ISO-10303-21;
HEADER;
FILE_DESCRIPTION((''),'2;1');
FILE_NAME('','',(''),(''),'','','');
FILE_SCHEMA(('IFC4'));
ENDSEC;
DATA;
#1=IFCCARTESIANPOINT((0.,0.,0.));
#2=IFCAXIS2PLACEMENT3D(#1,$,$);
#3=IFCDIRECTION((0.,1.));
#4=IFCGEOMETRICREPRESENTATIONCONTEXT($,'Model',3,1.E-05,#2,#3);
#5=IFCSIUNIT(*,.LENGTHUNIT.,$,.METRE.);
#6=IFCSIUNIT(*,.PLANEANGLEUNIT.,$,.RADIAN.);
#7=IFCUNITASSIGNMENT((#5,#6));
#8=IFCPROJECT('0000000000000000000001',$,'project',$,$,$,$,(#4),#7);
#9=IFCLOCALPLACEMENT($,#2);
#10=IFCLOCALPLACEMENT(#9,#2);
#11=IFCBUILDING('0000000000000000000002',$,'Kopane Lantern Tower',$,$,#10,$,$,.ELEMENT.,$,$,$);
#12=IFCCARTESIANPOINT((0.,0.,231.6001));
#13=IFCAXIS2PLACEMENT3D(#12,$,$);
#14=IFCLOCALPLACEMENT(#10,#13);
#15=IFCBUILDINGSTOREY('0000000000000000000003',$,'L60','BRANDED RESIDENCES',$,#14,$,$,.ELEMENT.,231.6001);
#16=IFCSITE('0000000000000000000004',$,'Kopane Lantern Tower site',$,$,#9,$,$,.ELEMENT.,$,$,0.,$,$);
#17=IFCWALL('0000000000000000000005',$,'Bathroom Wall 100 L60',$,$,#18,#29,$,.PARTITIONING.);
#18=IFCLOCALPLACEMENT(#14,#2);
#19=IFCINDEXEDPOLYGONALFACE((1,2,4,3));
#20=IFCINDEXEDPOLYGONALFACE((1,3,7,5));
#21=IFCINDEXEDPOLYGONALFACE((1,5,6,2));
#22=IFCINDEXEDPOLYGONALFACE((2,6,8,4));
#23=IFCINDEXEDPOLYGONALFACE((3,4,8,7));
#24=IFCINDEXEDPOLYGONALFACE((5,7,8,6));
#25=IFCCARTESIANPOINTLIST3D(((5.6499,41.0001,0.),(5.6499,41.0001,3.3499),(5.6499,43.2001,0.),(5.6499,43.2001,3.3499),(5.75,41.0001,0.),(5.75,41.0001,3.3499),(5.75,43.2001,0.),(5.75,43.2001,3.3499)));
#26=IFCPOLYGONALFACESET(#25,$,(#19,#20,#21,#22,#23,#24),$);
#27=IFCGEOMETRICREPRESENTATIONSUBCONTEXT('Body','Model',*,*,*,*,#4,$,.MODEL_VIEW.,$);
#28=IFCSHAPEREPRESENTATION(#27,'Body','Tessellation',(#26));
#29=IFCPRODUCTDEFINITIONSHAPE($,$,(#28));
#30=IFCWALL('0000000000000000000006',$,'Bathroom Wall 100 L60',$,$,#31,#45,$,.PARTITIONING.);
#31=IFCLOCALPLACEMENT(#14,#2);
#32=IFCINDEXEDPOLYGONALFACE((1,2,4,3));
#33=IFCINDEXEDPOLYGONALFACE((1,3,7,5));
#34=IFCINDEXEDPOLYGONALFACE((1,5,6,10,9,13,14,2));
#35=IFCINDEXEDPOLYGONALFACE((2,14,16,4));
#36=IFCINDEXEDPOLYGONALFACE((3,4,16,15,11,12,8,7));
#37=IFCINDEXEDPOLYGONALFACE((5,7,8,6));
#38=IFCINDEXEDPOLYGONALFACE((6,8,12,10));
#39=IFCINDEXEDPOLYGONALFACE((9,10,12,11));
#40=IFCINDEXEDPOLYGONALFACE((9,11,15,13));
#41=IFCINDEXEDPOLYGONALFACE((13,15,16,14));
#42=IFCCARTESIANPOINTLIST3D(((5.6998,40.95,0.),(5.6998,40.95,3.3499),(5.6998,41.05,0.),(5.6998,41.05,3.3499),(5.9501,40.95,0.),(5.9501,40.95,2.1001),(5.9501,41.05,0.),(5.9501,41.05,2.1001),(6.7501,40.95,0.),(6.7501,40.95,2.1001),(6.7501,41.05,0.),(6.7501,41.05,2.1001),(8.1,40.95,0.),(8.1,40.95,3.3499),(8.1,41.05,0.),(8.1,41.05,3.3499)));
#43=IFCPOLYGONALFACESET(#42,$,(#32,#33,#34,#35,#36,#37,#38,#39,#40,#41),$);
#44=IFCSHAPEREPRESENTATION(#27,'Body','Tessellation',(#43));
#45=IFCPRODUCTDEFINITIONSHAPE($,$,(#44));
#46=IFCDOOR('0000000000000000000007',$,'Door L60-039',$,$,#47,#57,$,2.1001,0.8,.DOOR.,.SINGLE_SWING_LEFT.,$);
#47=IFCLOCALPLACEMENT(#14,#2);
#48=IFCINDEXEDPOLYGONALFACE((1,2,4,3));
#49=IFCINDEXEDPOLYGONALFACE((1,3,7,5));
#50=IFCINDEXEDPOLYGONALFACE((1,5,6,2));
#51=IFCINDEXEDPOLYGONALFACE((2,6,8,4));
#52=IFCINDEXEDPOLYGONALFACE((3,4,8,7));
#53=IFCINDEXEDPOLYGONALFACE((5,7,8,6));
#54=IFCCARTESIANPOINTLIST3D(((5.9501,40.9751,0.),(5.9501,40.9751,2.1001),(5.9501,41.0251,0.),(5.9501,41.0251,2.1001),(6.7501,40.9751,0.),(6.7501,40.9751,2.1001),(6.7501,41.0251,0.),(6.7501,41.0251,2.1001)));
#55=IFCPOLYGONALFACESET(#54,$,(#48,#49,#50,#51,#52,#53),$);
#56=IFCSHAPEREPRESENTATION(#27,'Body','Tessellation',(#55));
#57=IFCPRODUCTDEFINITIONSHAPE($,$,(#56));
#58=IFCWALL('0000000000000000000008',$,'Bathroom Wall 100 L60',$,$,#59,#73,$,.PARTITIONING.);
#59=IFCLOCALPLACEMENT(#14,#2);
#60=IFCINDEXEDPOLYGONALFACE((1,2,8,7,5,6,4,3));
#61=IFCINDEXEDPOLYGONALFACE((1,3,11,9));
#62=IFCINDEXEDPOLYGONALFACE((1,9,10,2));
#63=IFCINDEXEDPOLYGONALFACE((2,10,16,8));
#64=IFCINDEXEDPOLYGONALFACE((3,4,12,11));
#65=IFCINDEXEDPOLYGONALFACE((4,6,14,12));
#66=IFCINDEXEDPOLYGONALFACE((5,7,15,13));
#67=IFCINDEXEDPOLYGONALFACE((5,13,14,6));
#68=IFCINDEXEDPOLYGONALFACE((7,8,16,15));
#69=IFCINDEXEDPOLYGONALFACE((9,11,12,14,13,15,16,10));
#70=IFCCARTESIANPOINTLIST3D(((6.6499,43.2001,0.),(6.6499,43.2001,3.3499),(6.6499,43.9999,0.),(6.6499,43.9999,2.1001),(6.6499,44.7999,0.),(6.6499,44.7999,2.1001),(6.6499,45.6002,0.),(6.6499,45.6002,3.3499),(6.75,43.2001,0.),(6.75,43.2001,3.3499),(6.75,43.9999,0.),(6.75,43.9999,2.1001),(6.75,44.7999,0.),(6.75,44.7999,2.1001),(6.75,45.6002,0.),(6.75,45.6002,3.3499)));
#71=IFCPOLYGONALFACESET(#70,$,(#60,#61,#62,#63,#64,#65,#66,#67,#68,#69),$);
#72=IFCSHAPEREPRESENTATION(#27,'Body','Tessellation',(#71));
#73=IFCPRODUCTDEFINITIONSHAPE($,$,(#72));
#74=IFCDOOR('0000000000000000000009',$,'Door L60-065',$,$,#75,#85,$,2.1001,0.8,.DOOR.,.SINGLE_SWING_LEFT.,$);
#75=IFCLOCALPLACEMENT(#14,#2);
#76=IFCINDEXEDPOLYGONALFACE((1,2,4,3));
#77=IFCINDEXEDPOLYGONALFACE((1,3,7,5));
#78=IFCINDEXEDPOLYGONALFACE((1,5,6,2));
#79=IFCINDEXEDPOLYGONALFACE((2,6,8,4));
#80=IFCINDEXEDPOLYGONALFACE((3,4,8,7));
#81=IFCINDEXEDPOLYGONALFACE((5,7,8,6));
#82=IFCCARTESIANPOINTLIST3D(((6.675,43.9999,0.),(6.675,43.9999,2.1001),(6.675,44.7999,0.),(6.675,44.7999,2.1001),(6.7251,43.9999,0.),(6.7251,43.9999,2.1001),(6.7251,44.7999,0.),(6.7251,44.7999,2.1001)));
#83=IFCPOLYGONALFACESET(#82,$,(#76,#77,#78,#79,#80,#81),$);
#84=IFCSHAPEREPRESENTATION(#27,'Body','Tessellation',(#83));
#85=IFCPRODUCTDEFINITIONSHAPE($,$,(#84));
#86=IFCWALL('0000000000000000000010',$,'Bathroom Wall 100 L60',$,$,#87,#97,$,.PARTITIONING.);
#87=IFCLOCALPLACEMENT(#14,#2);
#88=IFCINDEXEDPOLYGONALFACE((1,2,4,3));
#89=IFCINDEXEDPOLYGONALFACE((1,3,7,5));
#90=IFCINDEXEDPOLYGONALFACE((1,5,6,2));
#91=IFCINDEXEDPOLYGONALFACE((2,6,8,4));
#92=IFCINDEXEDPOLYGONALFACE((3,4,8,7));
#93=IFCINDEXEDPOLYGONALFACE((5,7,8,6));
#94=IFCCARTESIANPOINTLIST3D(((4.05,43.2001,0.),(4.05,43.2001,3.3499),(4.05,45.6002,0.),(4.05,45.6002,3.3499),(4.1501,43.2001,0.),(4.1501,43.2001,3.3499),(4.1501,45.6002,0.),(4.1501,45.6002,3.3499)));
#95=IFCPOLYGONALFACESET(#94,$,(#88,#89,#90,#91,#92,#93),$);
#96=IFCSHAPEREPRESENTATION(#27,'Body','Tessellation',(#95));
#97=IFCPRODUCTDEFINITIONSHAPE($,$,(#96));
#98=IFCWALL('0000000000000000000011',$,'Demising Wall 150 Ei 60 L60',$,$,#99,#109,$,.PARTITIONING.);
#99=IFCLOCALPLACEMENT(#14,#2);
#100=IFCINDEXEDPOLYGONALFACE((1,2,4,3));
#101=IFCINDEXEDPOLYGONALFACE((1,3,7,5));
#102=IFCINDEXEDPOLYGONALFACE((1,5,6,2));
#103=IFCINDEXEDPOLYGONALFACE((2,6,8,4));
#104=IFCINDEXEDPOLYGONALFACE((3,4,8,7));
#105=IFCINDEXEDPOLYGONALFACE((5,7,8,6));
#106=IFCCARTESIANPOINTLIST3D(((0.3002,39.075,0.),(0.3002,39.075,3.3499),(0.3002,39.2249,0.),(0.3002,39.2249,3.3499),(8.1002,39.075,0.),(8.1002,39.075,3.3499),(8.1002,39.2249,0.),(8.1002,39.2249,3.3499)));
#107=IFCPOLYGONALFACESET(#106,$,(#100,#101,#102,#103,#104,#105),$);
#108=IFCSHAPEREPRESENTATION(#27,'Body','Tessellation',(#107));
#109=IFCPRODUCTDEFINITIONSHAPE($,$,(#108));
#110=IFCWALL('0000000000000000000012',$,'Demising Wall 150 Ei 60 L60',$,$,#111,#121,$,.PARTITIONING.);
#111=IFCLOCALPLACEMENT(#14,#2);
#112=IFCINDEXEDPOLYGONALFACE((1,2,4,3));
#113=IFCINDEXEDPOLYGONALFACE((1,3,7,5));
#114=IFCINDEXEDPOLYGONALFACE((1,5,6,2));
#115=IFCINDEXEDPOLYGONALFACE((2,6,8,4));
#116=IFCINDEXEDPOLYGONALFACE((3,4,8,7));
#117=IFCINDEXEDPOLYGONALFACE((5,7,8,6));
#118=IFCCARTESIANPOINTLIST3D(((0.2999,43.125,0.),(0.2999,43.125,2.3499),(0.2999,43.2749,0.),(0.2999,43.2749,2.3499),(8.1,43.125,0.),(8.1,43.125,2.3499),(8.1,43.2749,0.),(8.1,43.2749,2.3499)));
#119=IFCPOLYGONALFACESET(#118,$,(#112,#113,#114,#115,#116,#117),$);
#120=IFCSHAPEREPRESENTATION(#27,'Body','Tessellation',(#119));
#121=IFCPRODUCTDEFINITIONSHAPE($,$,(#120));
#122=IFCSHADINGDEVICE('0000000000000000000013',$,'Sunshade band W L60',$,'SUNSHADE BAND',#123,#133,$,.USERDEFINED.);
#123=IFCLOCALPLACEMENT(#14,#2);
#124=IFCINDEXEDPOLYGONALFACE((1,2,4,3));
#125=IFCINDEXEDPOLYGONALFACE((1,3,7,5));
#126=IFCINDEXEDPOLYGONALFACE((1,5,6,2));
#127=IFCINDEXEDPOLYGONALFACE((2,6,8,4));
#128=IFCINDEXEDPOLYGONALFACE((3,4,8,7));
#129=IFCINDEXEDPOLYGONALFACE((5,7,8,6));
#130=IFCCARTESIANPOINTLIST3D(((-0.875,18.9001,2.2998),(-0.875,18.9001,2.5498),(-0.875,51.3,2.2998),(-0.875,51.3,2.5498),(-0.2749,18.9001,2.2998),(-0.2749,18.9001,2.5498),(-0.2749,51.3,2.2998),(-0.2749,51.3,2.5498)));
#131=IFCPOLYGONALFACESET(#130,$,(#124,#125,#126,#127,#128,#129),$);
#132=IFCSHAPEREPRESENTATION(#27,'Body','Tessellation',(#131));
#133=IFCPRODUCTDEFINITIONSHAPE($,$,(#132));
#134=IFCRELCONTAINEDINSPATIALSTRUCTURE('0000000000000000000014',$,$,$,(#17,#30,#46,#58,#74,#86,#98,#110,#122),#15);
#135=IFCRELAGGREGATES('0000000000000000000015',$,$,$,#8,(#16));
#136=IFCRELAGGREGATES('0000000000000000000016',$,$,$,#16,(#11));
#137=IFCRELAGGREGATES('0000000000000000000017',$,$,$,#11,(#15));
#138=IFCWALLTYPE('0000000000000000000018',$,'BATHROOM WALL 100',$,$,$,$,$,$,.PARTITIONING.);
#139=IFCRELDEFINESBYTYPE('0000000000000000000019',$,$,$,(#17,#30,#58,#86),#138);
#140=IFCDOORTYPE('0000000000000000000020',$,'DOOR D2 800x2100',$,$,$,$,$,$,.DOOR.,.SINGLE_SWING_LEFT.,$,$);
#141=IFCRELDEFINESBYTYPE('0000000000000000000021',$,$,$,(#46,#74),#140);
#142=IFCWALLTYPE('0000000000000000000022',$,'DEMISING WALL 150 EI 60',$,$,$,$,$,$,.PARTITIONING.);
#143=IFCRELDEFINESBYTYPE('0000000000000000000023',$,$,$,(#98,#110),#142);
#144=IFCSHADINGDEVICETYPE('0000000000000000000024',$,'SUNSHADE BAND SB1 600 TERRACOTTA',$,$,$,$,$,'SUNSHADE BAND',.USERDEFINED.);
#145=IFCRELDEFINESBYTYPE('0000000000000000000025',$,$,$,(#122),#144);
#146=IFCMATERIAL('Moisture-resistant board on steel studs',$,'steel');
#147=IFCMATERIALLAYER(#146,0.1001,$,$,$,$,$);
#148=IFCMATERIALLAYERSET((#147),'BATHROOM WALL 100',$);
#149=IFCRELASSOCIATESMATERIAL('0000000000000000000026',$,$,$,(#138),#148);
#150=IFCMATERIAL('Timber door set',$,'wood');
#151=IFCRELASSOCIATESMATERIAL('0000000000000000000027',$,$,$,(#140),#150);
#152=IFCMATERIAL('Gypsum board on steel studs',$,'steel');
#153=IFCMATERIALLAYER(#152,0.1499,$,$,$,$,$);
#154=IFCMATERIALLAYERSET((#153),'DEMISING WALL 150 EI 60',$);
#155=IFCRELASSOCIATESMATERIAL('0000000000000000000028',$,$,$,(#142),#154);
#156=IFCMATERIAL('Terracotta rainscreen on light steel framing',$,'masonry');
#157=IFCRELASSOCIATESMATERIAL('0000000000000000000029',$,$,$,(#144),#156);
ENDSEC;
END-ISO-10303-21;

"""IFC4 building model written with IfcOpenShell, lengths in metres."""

from ifc_helpers import new_model, si_unit, direction, frame, frame_2d, origin, origin_2d, place, context, subcontext, project, spatial, rectangle, extrude, material, layer, layer_set, type_object, element, fill, save


model = new_model("IFC4")

# Units and contexts
model_context = context("Model", 3, precision=1e-05, world=origin(), true_north=direction((0.0, 1.0)))
body_context = subcontext(model_context, "Body", "Model", "MODEL_VIEW")
ifc_project = project(units=[si_unit("LENGTHUNIT", "METRE"), si_unit("PLANEANGLEUNIT", "RADIAN")], contexts=[model_context])

# Site, building, storey
site_placement = place(None, origin())
site = spatial("IfcSite", under=ifc_project, at=site_placement, Name="Kopane Lantern Tower site", CompositionType="ELEMENT", RefElevation=0.0)
building_placement = place(site_placement, origin())
building = spatial("IfcBuilding", under=site, at=building_placement, Name="Kopane Lantern Tower", CompositionType="ELEMENT")
storey_placement = place(building_placement, frame((0.0, 0.0, 231.6001)))
storey = spatial("IfcBuildingStorey", under=building, at=storey_placement, Name="L60", Description="BRANDED RESIDENCES", CompositionType="ELEMENT", Elevation=231.6001)

# Shared definitions
ifc_material_1 = material(Name="Moisture-resistant board on steel studs", Category="steel")
ifc_layer_1 = layer(ifc_material_1, 0.1001)
ifc_layer_set_1 = layer_set([ifc_layer_1], Name="BATHROOM WALL 100")
wall_type_1 = type_object("IfcWallType", Name="BATHROOM WALL 100", PredefinedType="PARTITIONING", material=ifc_layer_set_1)
ifc_material_2 = material(Name="Timber door set", Category="wood")
door_type = type_object("IfcDoorType", Name="DOOR D2 800x2100", OperationType="SINGLE_SWING_LEFT", PredefinedType="DOOR", material=ifc_material_2)

# Wall
wall_1_placement = place(storey_placement, frame((5.7, 41.0, 0.0), z_axis=(0.0, 0.0, 1.0), x_axis=(0.0, 1.0, 0.0)))
element("IfcWall", 1, at=wall_1_placement, inside=storey, type_object=wall_type_1, Name="Bathroom Wall 100 L60", PredefinedType="PARTITIONING", context=body_context, shape_type="SweptSolid", body=[
    extrude(rectangle(XDim=2.2, YDim=0.1001, at=frame_2d((1.1001, 0.0))), origin(), (0.0, 0.0, 1.0), 3.3499),
])

# Walls, openings, doors
wall_2_placement = place(storey_placement, frame((8.1001, 41.0, 0.0), z_axis=(0.0, 0.0, 1.0), x_axis=(-1.0, 0.0, 0.0)))
wall_2 = element("IfcWall", 2, at=wall_2_placement, inside=storey, type_object=wall_type_1, Name="Bathroom Wall 100 L60", PredefinedType="PARTITIONING", context=body_context, shape_type="SweptSolid", body=[
    extrude(rectangle(XDim=2.4001, YDim=0.1001, at=frame_2d((1.2002, 0.0))), origin(), (0.0, 0.0, 1.0), 3.3499),
])
opening_1_placement = place(wall_2_placement, frame((1.3501, 0.0, 0.0)))
opening_1 = element("IfcOpeningElement", 3, at=opening_1_placement, cuts=wall_2, PredefinedType="OPENING", context=body_context, shape_type="SweptSolid", body=[
    extrude(rectangle(XDim=0.8, YDim=2.1001, at=frame_2d((0.3999, 1.05))), frame((0.0, 0.0601, 0.0), z_axis=(0.0, -1.0, 0.0), x_axis=(1.0, 0.0, 0.0)), (0.0, 0.0, 1.0), 0.1201),
])
door_1_placement = place(opening_1_placement, origin())
door_1 = element("IfcDoor", 4, at=door_1_placement, inside=storey, type_object=door_type, Name="Door L60-039", OperationType="SINGLE_SWING_LEFT", OverallHeight=2.1001, OverallWidth=0.8, PredefinedType="DOOR", context=body_context, shape_type="SweptSolid", body=[
    extrude(rectangle(XDim=0.8, YDim=2.1001, at=frame_2d((0.3999, 1.05))), frame((0.0, 0.0249, 0.0), z_axis=(0.0, -1.0, 0.0), x_axis=(1.0, 0.0, 0.0)), (0.0, 0.0, 1.0), 0.05),
])
fill(opening_1, door_1)
wall_3_placement = place(storey_placement, frame((6.7, 43.2, 0.0), z_axis=(0.0, 0.0, 1.0), x_axis=(0.0, 1.0, 0.0)))
wall_3 = element("IfcWall", 5, at=wall_3_placement, inside=storey, type_object=wall_type_1, Name="Bathroom Wall 100 L60", PredefinedType="PARTITIONING", context=body_context, shape_type="SweptSolid", body=[
    extrude(rectangle(XDim=2.4001, YDim=0.1001, at=frame_2d((1.2002, 0.0))), origin(), (0.0, 0.0, 1.0), 3.3499),
])
opening_2_placement = place(wall_3_placement, frame((0.8, 0.0, 0.0)))
opening_2 = element("IfcOpeningElement", 6, at=opening_2_placement, cuts=wall_3, PredefinedType="OPENING", context=body_context, shape_type="SweptSolid", body=[
    extrude(rectangle(XDim=0.8, YDim=2.1001, at=frame_2d((0.3999, 1.05))), frame((0.0, 0.0601, 0.0), z_axis=(0.0, -1.0, 0.0), x_axis=(1.0, 0.0, 0.0)), (0.0, 0.0, 1.0), 0.1201),
])
door_2_placement = place(opening_2_placement, origin())
door_2 = element("IfcDoor", 7, at=door_2_placement, inside=storey, type_object=door_type, Name="Door L60-065", OperationType="SINGLE_SWING_LEFT", OverallHeight=2.1001, OverallWidth=0.8, PredefinedType="DOOR", context=body_context, shape_type="SweptSolid", body=[
    extrude(rectangle(XDim=0.8, YDim=2.1001, at=frame_2d((0.3999, 1.05))), frame((0.0, 0.0249, 0.0), z_axis=(0.0, -1.0, 0.0), x_axis=(1.0, 0.0, 0.0)), (0.0, 0.0, 1.0), 0.05),
])
fill(opening_2, door_2)

# Walls
wall_4_placement = place(storey_placement, frame((4.1001, 43.2, 0.0), z_axis=(0.0, 0.0, 1.0), x_axis=(0.0, 1.0, 0.0)))
element("IfcWall", 8, at=wall_4_placement, inside=storey, type_object=wall_type_1, Name="Bathroom Wall 100 L60", PredefinedType="PARTITIONING", context=body_context, shape_type="SweptSolid", body=[
    extrude(rectangle(XDim=2.4001, YDim=0.1001, at=frame_2d((1.2002, 0.0))), origin(), (0.0, 0.0, 1.0), 3.3499),
])
ifc_material_3 = material(Name="Gypsum board on steel studs", Category="steel")
ifc_layer_2 = layer(ifc_material_3, 0.1499)
ifc_layer_set_2 = layer_set([ifc_layer_2], Name="DEMISING WALL 150 EI 60")
wall_type_2 = type_object("IfcWallType", Name="DEMISING WALL 150 EI 60", PredefinedType="PARTITIONING", material=ifc_layer_set_2)
wall_5_placement = place(storey_placement, frame((8.1001, 39.1499, 0.0), z_axis=(0.0, 0.0, 1.0), x_axis=(-1.0, 0.0, 0.0)))
element("IfcWall", 9, at=wall_5_placement, inside=storey, type_object=wall_type_2, Name="Demising Wall 150 Ei 60 L60", PredefinedType="PARTITIONING", context=body_context, shape_type="SweptSolid", body=[
    extrude(rectangle(XDim=7.8, YDim=0.1499, at=frame_2d((3.8999, 0.0))), origin(), (0.0, 0.0, 1.0), 3.3499),
])
wall_6_placement = place(storey_placement, frame((0.3, 43.2, 0.0), z_axis=(0.0, 0.0, 1.0), x_axis=(1.0, 0.0, 0.0)))
element("IfcWall", 10, at=wall_6_placement, inside=storey, type_object=wall_type_2, Name="Demising Wall 150 Ei 60 L60", PredefinedType="PARTITIONING", context=body_context, shape_type="SweptSolid", body=[
    extrude(rectangle(XDim=7.8, YDim=0.1499, at=frame_2d((3.8999, 0.0))), origin(), (0.0, 0.0, 1.0), 2.3499),
])

# Shading device
ifc_material_4 = material(Name="Terracotta rainscreen on light steel framing", Category="masonry")
shading_device_type = type_object("IfcShadingDeviceType", Name="SUNSHADE BAND SB1 600 TERRACOTTA", ElementType="SUNSHADE BAND", PredefinedType="USERDEFINED", material=ifc_material_4)
shading_device_placement = place(storey_placement, frame((-0.575, 35.1001, 2.2998), z_axis=(0.0, 0.0, 1.0), x_axis=(0.0, -1.0, 0.0)))
element("IfcShadingDevice", 11, at=shading_device_placement, inside=storey, type_object=shading_device_type, Name="Sunshade band W L60", ObjectType="SUNSHADE BAND", PredefinedType="USERDEFINED", context=body_context, shape_type="SweptSolid", body=[
    extrude(rectangle(XDim=32.3999, YDim=0.6001, at=origin_2d()), origin(), (0.0, 0.0, 1.0), 0.25),
])

save(model, "model.ifc")
